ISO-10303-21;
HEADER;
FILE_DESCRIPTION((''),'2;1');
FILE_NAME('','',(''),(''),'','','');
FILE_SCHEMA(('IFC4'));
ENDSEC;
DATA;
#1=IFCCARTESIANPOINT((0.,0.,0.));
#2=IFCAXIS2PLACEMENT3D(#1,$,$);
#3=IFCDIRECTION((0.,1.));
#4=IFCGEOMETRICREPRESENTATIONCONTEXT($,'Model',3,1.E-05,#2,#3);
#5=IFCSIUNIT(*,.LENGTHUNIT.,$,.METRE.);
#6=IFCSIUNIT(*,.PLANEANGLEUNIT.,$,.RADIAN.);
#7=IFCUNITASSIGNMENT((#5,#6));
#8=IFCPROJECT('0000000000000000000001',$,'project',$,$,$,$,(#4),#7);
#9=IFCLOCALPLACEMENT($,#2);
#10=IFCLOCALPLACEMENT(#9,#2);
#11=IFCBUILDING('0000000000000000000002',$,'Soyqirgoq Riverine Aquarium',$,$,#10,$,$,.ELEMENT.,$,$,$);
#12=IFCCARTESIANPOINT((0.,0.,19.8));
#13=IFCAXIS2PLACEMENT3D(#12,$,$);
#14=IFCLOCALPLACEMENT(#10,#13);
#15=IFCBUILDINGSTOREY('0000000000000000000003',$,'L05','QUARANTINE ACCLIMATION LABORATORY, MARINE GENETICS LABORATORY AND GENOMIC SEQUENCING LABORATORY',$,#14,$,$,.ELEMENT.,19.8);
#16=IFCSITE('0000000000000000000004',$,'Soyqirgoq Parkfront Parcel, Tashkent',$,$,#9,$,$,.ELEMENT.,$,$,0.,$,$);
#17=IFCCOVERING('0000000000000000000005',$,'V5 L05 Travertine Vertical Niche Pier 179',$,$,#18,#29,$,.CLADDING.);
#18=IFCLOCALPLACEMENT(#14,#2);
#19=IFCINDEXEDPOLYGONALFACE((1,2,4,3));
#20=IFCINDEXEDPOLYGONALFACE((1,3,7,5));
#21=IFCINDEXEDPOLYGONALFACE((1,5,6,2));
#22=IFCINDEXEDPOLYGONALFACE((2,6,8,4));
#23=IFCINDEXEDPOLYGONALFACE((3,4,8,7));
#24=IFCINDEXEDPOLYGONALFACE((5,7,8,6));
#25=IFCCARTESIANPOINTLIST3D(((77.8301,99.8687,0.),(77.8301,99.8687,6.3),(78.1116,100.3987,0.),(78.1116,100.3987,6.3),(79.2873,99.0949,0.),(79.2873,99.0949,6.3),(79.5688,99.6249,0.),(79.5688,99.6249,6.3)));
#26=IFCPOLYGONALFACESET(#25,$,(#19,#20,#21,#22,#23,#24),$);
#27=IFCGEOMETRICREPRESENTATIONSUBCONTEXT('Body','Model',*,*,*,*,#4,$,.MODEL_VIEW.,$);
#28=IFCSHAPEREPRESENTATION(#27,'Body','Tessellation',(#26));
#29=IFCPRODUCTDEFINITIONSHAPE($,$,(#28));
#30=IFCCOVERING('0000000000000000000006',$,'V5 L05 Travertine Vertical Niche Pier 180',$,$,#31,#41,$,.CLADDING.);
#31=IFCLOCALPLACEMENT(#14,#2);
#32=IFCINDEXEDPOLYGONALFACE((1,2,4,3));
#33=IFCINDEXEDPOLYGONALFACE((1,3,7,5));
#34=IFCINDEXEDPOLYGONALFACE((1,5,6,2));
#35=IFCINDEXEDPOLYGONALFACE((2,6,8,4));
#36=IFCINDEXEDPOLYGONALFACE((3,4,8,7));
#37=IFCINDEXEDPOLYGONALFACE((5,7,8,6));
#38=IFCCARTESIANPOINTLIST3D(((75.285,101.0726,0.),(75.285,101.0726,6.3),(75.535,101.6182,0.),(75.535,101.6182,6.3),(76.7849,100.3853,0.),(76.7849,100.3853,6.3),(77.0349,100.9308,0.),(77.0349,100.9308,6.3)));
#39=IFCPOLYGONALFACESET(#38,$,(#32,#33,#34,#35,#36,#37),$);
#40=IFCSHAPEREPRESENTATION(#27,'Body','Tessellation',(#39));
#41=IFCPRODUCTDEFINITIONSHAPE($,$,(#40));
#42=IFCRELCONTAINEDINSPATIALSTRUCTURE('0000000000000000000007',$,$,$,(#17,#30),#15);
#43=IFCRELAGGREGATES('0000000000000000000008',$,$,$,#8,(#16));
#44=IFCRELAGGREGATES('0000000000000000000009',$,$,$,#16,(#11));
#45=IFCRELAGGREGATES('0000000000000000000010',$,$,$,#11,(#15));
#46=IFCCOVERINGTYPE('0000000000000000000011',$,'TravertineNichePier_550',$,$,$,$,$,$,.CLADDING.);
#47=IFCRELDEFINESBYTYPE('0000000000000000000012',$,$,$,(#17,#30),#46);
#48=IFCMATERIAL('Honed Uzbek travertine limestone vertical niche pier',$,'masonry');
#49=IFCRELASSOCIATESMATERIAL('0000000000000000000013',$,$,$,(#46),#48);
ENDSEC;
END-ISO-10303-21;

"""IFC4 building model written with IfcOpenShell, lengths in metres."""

from ifc_helpers import new_model, si_unit, direction, frame, origin, origin_2d, place, context, subcontext, project, spatial, rectangle, extrude, material, type_object, element, save


model = new_model("IFC4")

# Units and contexts
model_context = context("Model", 3, precision=1e-05, world=origin(), true_north=direction((0.0, 1.0)))
body_context = subcontext(model_context, "Body", "Model", "MODEL_VIEW")
ifc_project = project(units=[si_unit("LENGTHUNIT", "METRE"), si_unit("PLANEANGLEUNIT", "RADIAN")], contexts=[model_context])

# Site, building, storey
site_placement = place(None, origin())
site = spatial("IfcSite", under=ifc_project, at=site_placement, Name="Soyqirgoq Parkfront Parcel, Tashkent", CompositionType="ELEMENT", RefElevation=0.0)
building_placement = place(site_placement, origin())
building = spatial("IfcBuilding", under=site, at=building_placement, Name="Soyqirgoq Riverine Aquarium", CompositionType="ELEMENT")
storey_placement = place(building_placement, frame((0.0, 0.0, 19.8)))
storey = spatial("IfcBuildingStorey", under=building, at=storey_placement, Name="L05", Description="QUARANTINE ACCLIMATION LABORATORY, MARINE GENETICS LABORATORY AND GENOMIC SEQUENCING LABORATORY", CompositionType="ELEMENT", Elevation=19.8)

# Coverings
ifc_material_1 = material(Name="Honed Uzbek travertine limestone vertical niche pier", Category="masonry")
covering_type = type_object("IfcCoveringType", Name="TravertineNichePier_550", PredefinedType="CLADDING", material=ifc_material_1)
for number, where, z_axis, x_axis, name in (
    (1, (78.6995, 99.7468, 0.0), (0.0, 0.0, 1.0), (0.469009, 0.883193, 0.0), "V5 L05 Travertine Vertical Niche Pier 179"),
    (2, (76.1599, 101.0017, 0.0), (0.0, 0.0, 1.0), (0.416598, 0.909091, 0.0), "V5 L05 Travertine Vertical Niche Pier 180"),
):
    element("IfcCovering", number, at=place(storey_placement, frame(where, z_axis=z_axis, x_axis=x_axis)), inside=storey, type_object=covering_type, Name=name, PredefinedType="CLADDING", context=body_context, shape_type="SweptSolid", body=[
        extrude(rectangle(XDim=0.6001, YDim=1.6499, at=origin_2d()), origin(), (0.0, 0.0, 1.0), 6.3),
    ])

save(model, "model.ifc")
